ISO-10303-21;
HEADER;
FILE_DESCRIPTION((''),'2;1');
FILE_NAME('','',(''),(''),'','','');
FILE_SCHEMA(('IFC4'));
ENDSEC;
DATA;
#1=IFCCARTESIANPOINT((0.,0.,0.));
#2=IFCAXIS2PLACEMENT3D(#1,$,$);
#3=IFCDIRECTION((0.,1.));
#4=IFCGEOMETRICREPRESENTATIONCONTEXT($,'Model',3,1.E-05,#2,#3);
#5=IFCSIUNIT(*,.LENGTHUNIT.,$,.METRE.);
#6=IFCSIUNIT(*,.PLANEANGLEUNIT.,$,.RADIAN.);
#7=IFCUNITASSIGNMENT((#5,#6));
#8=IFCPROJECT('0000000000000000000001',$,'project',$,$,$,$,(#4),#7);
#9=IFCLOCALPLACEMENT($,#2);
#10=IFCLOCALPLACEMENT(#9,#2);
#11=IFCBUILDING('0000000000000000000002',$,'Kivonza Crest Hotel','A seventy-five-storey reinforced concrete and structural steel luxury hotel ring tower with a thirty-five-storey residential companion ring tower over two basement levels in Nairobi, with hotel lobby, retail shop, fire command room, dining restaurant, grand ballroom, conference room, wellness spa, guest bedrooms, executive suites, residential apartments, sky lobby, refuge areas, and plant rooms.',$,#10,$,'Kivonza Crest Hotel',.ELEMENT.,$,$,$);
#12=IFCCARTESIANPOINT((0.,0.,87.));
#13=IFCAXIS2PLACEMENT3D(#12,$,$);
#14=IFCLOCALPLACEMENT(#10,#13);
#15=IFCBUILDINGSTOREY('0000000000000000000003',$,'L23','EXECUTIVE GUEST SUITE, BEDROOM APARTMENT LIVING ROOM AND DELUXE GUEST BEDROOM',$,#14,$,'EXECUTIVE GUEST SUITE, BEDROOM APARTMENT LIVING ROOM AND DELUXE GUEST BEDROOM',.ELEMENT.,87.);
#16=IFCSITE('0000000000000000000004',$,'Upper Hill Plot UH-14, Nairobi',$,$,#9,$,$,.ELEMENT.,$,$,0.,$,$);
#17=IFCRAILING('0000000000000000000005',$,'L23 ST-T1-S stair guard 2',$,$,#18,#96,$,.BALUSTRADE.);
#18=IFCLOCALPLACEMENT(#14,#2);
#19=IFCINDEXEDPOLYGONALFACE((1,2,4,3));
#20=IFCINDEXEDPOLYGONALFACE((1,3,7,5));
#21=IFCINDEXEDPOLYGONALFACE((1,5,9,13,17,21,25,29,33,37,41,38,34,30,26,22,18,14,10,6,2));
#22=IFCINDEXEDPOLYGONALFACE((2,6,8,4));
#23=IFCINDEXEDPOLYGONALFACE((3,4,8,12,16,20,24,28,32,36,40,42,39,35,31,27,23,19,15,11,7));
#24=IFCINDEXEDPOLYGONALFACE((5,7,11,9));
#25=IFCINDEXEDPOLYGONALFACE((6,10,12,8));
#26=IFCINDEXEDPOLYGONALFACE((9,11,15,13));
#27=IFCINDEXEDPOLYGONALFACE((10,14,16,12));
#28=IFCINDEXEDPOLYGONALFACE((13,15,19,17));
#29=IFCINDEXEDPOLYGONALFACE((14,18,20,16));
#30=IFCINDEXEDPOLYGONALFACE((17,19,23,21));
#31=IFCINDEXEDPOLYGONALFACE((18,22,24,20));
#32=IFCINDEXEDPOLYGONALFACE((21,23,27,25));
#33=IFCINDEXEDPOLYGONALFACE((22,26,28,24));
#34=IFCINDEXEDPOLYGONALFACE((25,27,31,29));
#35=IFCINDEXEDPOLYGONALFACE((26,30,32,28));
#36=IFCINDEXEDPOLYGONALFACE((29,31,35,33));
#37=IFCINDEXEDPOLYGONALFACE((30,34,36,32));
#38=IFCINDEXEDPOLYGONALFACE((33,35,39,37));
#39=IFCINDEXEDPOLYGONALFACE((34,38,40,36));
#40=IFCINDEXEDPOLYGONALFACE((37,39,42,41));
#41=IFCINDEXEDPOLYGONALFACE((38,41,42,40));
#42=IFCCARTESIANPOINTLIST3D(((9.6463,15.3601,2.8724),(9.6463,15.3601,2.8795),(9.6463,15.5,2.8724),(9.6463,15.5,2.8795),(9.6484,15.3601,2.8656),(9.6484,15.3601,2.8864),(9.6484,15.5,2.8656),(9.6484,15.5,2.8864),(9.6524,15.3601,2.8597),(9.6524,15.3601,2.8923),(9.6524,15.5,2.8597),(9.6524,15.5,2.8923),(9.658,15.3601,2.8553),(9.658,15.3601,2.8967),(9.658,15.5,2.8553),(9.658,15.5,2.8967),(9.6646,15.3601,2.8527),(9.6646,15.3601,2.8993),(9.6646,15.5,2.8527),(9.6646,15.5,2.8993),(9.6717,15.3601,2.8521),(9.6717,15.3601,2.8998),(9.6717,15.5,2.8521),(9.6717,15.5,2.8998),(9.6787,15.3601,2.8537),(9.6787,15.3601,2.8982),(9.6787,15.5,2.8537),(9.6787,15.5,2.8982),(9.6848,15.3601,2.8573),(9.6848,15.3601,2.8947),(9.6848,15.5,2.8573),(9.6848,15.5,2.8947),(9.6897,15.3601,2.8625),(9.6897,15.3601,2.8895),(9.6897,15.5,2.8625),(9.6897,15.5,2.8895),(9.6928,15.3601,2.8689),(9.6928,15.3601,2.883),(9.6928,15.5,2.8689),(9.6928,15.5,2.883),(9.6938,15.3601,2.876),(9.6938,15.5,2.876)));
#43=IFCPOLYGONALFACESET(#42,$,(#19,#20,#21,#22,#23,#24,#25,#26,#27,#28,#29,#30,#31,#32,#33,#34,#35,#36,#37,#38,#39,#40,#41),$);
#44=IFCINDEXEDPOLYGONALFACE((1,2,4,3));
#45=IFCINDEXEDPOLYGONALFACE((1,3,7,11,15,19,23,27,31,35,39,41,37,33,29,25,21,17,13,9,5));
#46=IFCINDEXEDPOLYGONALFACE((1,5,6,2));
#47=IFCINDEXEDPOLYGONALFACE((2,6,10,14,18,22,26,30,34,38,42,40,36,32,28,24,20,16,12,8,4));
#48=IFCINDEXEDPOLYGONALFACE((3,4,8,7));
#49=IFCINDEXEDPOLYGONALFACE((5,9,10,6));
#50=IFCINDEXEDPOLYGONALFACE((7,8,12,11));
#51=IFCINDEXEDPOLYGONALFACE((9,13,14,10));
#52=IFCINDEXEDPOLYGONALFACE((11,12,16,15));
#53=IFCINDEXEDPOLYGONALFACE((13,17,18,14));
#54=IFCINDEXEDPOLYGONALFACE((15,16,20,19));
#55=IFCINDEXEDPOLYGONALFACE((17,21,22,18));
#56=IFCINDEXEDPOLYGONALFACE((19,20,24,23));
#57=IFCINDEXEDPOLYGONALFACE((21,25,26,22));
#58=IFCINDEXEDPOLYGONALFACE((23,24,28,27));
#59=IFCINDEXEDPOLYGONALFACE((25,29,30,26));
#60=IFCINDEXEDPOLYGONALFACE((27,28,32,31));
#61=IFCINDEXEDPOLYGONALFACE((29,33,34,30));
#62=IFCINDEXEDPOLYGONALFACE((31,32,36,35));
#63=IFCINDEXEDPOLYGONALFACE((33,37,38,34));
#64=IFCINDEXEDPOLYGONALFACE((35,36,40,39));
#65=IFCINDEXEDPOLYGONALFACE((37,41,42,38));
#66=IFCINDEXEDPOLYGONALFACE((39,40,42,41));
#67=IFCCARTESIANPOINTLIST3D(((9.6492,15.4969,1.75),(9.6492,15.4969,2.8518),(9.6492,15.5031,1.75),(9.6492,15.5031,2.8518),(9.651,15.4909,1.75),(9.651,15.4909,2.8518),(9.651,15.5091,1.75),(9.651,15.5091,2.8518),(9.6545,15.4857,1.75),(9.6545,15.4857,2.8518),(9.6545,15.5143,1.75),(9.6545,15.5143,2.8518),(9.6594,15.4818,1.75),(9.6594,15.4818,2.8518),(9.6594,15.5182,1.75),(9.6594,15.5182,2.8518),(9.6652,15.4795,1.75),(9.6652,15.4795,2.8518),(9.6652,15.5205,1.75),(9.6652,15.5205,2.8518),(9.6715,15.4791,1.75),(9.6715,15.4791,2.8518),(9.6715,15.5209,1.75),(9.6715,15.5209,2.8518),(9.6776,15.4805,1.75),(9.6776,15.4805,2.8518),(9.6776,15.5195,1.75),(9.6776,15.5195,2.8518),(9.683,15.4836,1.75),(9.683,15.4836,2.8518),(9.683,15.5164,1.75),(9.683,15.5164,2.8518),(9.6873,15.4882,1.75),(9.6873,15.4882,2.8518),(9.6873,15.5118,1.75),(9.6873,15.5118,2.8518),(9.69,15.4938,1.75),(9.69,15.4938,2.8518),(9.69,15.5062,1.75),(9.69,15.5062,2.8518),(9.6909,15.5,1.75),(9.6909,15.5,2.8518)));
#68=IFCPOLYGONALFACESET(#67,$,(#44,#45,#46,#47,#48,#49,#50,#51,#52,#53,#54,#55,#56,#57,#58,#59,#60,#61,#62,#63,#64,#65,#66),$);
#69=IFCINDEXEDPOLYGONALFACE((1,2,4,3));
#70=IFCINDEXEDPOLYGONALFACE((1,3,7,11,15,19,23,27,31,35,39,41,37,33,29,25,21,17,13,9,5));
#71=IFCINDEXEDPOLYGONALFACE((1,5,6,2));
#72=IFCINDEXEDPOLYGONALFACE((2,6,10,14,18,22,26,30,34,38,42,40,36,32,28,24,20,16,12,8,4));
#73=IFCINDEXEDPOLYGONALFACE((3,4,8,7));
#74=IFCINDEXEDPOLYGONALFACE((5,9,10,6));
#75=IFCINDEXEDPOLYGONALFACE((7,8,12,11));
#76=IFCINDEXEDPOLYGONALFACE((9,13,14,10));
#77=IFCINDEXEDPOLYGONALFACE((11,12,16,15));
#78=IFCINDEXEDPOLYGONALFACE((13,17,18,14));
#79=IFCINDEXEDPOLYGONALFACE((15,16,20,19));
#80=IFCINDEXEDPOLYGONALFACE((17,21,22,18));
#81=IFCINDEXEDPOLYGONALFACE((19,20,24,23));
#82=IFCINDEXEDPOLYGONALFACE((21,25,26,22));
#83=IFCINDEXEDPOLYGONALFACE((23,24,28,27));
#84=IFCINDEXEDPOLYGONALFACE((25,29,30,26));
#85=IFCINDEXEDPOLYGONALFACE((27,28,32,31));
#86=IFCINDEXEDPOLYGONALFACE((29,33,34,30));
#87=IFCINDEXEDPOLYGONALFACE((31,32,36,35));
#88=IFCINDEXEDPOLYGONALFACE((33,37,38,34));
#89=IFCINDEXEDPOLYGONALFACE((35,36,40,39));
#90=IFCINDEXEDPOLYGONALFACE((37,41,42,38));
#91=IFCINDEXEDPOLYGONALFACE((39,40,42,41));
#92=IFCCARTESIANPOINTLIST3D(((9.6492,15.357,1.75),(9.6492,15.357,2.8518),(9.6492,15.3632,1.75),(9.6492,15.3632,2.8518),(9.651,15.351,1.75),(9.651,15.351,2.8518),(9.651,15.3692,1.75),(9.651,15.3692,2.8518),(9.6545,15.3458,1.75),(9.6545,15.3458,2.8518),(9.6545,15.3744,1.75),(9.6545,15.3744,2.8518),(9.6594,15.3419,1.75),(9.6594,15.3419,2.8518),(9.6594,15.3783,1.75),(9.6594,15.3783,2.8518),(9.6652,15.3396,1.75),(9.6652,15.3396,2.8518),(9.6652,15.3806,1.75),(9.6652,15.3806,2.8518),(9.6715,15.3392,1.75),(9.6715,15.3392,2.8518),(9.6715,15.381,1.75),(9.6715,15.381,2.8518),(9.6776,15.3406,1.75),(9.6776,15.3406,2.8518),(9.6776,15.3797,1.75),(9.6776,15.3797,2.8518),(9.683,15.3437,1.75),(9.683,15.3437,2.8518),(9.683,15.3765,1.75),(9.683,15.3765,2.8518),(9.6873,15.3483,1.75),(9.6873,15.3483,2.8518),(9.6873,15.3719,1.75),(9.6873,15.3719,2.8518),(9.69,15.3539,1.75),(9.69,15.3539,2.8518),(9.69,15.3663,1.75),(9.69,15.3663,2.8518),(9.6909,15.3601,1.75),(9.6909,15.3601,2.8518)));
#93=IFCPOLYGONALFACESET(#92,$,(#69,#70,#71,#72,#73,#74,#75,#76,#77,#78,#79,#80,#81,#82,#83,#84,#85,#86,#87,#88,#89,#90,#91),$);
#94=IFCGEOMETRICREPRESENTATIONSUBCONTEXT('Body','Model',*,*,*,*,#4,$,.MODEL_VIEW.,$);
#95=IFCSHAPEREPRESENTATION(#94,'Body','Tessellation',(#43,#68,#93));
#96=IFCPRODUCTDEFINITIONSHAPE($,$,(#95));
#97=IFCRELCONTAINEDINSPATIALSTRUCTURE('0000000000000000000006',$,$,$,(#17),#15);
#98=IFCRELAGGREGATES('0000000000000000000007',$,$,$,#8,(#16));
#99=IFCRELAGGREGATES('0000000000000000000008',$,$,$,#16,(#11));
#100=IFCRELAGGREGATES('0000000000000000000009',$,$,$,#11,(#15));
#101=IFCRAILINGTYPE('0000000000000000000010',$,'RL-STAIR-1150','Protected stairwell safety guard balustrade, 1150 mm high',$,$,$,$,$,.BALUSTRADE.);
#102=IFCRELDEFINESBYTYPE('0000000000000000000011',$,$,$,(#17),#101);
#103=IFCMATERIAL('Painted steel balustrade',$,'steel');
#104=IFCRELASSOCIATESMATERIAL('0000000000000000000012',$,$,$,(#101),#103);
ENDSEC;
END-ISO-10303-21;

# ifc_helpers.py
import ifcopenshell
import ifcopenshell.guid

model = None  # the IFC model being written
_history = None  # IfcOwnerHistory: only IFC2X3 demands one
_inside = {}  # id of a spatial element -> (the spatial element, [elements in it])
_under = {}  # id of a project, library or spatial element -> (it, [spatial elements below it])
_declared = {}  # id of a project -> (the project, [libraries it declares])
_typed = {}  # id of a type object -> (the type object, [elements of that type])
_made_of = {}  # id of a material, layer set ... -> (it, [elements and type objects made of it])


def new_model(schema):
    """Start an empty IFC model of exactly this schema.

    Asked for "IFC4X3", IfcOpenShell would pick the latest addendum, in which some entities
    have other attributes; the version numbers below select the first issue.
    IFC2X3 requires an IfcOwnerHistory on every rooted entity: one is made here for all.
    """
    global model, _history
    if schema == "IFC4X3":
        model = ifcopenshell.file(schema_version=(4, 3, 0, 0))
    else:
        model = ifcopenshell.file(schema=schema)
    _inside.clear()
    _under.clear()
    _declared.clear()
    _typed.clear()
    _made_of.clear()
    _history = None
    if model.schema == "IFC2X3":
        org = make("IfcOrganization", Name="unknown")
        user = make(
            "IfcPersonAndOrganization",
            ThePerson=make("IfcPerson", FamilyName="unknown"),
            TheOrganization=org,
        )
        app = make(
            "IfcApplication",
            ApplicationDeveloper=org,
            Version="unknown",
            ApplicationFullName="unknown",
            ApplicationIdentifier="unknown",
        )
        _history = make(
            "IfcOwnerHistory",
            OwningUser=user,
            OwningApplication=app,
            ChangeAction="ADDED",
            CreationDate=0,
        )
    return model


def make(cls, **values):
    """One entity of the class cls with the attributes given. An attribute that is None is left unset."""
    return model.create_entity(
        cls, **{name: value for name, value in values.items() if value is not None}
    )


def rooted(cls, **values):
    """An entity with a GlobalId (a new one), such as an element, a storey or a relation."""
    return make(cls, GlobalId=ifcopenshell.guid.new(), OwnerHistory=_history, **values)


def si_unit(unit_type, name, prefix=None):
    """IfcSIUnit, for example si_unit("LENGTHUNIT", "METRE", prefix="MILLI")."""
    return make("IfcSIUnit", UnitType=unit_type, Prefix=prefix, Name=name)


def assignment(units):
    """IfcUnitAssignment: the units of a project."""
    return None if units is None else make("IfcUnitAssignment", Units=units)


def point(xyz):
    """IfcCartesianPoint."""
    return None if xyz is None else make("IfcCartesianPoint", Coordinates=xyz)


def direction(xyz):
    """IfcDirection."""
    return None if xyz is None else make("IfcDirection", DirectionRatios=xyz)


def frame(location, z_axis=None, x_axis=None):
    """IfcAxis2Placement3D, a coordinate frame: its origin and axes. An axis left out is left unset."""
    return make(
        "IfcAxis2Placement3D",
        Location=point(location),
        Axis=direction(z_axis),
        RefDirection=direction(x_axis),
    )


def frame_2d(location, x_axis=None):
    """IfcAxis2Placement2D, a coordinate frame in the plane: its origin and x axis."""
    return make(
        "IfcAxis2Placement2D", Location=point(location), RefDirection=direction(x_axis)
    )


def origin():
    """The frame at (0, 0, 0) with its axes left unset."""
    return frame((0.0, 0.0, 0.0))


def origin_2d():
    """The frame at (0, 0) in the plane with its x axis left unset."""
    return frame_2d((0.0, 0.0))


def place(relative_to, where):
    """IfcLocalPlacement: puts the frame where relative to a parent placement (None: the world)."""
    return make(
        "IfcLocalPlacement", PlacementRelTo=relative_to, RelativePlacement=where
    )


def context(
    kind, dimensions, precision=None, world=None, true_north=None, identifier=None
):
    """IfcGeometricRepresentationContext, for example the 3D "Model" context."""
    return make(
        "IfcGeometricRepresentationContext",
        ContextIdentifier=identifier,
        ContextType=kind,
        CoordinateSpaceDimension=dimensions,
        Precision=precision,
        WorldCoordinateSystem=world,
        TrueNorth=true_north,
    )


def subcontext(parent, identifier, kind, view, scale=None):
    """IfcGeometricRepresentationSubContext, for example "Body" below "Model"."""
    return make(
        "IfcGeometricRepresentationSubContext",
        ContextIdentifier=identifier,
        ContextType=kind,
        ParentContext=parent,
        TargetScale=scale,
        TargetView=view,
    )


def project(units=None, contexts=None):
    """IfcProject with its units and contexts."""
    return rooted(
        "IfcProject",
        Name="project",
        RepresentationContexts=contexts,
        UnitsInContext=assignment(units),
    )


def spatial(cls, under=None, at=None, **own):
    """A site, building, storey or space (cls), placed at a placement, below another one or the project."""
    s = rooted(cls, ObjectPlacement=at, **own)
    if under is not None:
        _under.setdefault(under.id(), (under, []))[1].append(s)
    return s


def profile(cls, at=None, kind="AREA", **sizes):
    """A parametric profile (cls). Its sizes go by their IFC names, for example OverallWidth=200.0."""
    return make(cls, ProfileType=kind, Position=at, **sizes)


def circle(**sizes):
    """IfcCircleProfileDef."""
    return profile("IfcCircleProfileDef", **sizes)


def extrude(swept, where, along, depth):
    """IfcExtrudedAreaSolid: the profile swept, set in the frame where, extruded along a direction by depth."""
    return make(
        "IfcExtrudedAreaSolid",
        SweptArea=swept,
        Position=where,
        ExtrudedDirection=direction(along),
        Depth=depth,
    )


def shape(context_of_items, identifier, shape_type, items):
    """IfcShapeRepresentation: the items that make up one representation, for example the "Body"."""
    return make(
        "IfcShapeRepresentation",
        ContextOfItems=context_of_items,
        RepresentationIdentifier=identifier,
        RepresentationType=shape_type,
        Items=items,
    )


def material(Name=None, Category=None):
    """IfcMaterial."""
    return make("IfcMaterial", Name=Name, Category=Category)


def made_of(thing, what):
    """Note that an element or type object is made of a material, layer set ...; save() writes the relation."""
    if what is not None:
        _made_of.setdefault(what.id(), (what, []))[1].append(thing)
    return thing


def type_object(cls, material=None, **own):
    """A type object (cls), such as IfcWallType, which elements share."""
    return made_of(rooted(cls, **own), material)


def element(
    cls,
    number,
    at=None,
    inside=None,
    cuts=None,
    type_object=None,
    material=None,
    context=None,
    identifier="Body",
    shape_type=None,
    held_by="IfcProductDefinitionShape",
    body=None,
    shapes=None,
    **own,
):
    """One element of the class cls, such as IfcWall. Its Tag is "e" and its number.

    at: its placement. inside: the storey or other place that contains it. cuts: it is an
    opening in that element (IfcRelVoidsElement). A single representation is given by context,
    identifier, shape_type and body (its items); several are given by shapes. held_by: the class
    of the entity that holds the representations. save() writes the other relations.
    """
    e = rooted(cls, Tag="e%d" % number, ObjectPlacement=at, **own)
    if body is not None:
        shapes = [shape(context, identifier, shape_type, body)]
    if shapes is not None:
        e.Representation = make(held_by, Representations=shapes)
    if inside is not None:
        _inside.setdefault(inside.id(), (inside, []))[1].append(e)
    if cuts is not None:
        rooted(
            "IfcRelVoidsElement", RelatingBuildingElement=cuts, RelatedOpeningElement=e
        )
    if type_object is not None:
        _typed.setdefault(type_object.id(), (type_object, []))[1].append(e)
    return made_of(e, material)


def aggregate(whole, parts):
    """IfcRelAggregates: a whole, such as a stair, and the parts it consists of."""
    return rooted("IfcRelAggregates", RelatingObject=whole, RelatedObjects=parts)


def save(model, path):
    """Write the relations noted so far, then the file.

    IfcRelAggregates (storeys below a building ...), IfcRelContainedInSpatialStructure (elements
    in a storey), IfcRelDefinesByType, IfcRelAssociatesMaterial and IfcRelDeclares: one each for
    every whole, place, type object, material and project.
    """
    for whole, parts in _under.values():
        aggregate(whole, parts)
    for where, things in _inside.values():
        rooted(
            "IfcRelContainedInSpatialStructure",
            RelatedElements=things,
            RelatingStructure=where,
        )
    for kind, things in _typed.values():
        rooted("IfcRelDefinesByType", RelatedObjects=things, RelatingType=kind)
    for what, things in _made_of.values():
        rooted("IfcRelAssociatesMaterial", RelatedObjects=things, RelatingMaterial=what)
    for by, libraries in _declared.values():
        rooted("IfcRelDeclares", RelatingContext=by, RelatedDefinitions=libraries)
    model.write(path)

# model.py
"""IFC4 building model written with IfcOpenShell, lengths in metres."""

from ifc_helpers import new_model, si_unit, direction, frame, origin, origin_2d, place, context, subcontext, project, spatial, circle, extrude, material, type_object, element, save


model = new_model("IFC4")

# Units and contexts
model_context = context("Model", 3, precision=1e-05, world=origin(), true_north=direction((0.0, 1.0)))
body_context = subcontext(model_context, "Body", "Model", "MODEL_VIEW")
ifc_project = project(units=[si_unit("LENGTHUNIT", "METRE"), si_unit("PLANEANGLEUNIT", "RADIAN")], contexts=[model_context])

# Site, building, storey
site_placement = place(None, origin())
site = spatial("IfcSite", under=ifc_project, at=site_placement, Name="Upper Hill Plot UH-14, Nairobi", CompositionType="ELEMENT", RefElevation=0.0)
building_placement = place(site_placement, origin())
building = spatial("IfcBuilding", under=site, at=building_placement, Name="Kivonza Crest Hotel", Description="A seventy-five-storey reinforced concrete and structural steel luxury hotel ring tower with a thirty-five-storey residential companion ring tower over two basement levels in Nairobi, with hotel lobby, retail shop, fire command room, dining restaurant, grand ballroom, conference room, wellness spa, guest bedrooms, executive suites, residential apartments, sky lobby, refuge areas, and plant rooms.", LongName="Kivonza Crest Hotel", CompositionType="ELEMENT")
storey_placement = place(building_placement, frame((0.0, 0.0, 87.0)))
storey = spatial("IfcBuildingStorey", under=building, at=storey_placement, Name="L23", Description="EXECUTIVE GUEST SUITE, BEDROOM APARTMENT LIVING ROOM AND DELUXE GUEST BEDROOM", LongName="EXECUTIVE GUEST SUITE, BEDROOM APARTMENT LIVING ROOM AND DELUXE GUEST BEDROOM", CompositionType="ELEMENT", Elevation=87.0)

# Railing
ifc_material_1 = material(Name="Painted steel balustrade", Category="steel")
railing_type_1 = type_object("IfcRailingType", Name="RL-STAIR-1150", Description="Protected stairwell safety guard balustrade, 1150 mm high", PredefinedType="BALUSTRADE", material=ifc_material_1)
railing_1_placement = place(storey_placement, frame((9.6699, 15.5, 1.75)))
element("IfcRailing", 1, at=railing_1_placement, inside=storey, type_object=railing_type_1, Name="L23 ST-T1-S stair guard 2", PredefinedType="BALUSTRADE", context=body_context, shape_type="SweptSolid", body=[
    extrude(circle(Radius=0.0239, at=origin_2d()), frame((0.0, 0.0, 1.126), z_axis=(0.0, -1.0, 0.0), x_axis=(1.0, 0.0, 0.0)), (0.0, 0.0, 1.0), 0.1399),
    extrude(circle(Radius=0.021, at=origin_2d()), origin(), (0.0, 0.0, 1.0), 1.1018),
    extrude(circle(Radius=0.021, at=origin_2d()), frame((0.0, -0.1399, 0.0)), (0.0, 0.0, 1.0), 1.1018),
])

save(model, "model.ifc")
